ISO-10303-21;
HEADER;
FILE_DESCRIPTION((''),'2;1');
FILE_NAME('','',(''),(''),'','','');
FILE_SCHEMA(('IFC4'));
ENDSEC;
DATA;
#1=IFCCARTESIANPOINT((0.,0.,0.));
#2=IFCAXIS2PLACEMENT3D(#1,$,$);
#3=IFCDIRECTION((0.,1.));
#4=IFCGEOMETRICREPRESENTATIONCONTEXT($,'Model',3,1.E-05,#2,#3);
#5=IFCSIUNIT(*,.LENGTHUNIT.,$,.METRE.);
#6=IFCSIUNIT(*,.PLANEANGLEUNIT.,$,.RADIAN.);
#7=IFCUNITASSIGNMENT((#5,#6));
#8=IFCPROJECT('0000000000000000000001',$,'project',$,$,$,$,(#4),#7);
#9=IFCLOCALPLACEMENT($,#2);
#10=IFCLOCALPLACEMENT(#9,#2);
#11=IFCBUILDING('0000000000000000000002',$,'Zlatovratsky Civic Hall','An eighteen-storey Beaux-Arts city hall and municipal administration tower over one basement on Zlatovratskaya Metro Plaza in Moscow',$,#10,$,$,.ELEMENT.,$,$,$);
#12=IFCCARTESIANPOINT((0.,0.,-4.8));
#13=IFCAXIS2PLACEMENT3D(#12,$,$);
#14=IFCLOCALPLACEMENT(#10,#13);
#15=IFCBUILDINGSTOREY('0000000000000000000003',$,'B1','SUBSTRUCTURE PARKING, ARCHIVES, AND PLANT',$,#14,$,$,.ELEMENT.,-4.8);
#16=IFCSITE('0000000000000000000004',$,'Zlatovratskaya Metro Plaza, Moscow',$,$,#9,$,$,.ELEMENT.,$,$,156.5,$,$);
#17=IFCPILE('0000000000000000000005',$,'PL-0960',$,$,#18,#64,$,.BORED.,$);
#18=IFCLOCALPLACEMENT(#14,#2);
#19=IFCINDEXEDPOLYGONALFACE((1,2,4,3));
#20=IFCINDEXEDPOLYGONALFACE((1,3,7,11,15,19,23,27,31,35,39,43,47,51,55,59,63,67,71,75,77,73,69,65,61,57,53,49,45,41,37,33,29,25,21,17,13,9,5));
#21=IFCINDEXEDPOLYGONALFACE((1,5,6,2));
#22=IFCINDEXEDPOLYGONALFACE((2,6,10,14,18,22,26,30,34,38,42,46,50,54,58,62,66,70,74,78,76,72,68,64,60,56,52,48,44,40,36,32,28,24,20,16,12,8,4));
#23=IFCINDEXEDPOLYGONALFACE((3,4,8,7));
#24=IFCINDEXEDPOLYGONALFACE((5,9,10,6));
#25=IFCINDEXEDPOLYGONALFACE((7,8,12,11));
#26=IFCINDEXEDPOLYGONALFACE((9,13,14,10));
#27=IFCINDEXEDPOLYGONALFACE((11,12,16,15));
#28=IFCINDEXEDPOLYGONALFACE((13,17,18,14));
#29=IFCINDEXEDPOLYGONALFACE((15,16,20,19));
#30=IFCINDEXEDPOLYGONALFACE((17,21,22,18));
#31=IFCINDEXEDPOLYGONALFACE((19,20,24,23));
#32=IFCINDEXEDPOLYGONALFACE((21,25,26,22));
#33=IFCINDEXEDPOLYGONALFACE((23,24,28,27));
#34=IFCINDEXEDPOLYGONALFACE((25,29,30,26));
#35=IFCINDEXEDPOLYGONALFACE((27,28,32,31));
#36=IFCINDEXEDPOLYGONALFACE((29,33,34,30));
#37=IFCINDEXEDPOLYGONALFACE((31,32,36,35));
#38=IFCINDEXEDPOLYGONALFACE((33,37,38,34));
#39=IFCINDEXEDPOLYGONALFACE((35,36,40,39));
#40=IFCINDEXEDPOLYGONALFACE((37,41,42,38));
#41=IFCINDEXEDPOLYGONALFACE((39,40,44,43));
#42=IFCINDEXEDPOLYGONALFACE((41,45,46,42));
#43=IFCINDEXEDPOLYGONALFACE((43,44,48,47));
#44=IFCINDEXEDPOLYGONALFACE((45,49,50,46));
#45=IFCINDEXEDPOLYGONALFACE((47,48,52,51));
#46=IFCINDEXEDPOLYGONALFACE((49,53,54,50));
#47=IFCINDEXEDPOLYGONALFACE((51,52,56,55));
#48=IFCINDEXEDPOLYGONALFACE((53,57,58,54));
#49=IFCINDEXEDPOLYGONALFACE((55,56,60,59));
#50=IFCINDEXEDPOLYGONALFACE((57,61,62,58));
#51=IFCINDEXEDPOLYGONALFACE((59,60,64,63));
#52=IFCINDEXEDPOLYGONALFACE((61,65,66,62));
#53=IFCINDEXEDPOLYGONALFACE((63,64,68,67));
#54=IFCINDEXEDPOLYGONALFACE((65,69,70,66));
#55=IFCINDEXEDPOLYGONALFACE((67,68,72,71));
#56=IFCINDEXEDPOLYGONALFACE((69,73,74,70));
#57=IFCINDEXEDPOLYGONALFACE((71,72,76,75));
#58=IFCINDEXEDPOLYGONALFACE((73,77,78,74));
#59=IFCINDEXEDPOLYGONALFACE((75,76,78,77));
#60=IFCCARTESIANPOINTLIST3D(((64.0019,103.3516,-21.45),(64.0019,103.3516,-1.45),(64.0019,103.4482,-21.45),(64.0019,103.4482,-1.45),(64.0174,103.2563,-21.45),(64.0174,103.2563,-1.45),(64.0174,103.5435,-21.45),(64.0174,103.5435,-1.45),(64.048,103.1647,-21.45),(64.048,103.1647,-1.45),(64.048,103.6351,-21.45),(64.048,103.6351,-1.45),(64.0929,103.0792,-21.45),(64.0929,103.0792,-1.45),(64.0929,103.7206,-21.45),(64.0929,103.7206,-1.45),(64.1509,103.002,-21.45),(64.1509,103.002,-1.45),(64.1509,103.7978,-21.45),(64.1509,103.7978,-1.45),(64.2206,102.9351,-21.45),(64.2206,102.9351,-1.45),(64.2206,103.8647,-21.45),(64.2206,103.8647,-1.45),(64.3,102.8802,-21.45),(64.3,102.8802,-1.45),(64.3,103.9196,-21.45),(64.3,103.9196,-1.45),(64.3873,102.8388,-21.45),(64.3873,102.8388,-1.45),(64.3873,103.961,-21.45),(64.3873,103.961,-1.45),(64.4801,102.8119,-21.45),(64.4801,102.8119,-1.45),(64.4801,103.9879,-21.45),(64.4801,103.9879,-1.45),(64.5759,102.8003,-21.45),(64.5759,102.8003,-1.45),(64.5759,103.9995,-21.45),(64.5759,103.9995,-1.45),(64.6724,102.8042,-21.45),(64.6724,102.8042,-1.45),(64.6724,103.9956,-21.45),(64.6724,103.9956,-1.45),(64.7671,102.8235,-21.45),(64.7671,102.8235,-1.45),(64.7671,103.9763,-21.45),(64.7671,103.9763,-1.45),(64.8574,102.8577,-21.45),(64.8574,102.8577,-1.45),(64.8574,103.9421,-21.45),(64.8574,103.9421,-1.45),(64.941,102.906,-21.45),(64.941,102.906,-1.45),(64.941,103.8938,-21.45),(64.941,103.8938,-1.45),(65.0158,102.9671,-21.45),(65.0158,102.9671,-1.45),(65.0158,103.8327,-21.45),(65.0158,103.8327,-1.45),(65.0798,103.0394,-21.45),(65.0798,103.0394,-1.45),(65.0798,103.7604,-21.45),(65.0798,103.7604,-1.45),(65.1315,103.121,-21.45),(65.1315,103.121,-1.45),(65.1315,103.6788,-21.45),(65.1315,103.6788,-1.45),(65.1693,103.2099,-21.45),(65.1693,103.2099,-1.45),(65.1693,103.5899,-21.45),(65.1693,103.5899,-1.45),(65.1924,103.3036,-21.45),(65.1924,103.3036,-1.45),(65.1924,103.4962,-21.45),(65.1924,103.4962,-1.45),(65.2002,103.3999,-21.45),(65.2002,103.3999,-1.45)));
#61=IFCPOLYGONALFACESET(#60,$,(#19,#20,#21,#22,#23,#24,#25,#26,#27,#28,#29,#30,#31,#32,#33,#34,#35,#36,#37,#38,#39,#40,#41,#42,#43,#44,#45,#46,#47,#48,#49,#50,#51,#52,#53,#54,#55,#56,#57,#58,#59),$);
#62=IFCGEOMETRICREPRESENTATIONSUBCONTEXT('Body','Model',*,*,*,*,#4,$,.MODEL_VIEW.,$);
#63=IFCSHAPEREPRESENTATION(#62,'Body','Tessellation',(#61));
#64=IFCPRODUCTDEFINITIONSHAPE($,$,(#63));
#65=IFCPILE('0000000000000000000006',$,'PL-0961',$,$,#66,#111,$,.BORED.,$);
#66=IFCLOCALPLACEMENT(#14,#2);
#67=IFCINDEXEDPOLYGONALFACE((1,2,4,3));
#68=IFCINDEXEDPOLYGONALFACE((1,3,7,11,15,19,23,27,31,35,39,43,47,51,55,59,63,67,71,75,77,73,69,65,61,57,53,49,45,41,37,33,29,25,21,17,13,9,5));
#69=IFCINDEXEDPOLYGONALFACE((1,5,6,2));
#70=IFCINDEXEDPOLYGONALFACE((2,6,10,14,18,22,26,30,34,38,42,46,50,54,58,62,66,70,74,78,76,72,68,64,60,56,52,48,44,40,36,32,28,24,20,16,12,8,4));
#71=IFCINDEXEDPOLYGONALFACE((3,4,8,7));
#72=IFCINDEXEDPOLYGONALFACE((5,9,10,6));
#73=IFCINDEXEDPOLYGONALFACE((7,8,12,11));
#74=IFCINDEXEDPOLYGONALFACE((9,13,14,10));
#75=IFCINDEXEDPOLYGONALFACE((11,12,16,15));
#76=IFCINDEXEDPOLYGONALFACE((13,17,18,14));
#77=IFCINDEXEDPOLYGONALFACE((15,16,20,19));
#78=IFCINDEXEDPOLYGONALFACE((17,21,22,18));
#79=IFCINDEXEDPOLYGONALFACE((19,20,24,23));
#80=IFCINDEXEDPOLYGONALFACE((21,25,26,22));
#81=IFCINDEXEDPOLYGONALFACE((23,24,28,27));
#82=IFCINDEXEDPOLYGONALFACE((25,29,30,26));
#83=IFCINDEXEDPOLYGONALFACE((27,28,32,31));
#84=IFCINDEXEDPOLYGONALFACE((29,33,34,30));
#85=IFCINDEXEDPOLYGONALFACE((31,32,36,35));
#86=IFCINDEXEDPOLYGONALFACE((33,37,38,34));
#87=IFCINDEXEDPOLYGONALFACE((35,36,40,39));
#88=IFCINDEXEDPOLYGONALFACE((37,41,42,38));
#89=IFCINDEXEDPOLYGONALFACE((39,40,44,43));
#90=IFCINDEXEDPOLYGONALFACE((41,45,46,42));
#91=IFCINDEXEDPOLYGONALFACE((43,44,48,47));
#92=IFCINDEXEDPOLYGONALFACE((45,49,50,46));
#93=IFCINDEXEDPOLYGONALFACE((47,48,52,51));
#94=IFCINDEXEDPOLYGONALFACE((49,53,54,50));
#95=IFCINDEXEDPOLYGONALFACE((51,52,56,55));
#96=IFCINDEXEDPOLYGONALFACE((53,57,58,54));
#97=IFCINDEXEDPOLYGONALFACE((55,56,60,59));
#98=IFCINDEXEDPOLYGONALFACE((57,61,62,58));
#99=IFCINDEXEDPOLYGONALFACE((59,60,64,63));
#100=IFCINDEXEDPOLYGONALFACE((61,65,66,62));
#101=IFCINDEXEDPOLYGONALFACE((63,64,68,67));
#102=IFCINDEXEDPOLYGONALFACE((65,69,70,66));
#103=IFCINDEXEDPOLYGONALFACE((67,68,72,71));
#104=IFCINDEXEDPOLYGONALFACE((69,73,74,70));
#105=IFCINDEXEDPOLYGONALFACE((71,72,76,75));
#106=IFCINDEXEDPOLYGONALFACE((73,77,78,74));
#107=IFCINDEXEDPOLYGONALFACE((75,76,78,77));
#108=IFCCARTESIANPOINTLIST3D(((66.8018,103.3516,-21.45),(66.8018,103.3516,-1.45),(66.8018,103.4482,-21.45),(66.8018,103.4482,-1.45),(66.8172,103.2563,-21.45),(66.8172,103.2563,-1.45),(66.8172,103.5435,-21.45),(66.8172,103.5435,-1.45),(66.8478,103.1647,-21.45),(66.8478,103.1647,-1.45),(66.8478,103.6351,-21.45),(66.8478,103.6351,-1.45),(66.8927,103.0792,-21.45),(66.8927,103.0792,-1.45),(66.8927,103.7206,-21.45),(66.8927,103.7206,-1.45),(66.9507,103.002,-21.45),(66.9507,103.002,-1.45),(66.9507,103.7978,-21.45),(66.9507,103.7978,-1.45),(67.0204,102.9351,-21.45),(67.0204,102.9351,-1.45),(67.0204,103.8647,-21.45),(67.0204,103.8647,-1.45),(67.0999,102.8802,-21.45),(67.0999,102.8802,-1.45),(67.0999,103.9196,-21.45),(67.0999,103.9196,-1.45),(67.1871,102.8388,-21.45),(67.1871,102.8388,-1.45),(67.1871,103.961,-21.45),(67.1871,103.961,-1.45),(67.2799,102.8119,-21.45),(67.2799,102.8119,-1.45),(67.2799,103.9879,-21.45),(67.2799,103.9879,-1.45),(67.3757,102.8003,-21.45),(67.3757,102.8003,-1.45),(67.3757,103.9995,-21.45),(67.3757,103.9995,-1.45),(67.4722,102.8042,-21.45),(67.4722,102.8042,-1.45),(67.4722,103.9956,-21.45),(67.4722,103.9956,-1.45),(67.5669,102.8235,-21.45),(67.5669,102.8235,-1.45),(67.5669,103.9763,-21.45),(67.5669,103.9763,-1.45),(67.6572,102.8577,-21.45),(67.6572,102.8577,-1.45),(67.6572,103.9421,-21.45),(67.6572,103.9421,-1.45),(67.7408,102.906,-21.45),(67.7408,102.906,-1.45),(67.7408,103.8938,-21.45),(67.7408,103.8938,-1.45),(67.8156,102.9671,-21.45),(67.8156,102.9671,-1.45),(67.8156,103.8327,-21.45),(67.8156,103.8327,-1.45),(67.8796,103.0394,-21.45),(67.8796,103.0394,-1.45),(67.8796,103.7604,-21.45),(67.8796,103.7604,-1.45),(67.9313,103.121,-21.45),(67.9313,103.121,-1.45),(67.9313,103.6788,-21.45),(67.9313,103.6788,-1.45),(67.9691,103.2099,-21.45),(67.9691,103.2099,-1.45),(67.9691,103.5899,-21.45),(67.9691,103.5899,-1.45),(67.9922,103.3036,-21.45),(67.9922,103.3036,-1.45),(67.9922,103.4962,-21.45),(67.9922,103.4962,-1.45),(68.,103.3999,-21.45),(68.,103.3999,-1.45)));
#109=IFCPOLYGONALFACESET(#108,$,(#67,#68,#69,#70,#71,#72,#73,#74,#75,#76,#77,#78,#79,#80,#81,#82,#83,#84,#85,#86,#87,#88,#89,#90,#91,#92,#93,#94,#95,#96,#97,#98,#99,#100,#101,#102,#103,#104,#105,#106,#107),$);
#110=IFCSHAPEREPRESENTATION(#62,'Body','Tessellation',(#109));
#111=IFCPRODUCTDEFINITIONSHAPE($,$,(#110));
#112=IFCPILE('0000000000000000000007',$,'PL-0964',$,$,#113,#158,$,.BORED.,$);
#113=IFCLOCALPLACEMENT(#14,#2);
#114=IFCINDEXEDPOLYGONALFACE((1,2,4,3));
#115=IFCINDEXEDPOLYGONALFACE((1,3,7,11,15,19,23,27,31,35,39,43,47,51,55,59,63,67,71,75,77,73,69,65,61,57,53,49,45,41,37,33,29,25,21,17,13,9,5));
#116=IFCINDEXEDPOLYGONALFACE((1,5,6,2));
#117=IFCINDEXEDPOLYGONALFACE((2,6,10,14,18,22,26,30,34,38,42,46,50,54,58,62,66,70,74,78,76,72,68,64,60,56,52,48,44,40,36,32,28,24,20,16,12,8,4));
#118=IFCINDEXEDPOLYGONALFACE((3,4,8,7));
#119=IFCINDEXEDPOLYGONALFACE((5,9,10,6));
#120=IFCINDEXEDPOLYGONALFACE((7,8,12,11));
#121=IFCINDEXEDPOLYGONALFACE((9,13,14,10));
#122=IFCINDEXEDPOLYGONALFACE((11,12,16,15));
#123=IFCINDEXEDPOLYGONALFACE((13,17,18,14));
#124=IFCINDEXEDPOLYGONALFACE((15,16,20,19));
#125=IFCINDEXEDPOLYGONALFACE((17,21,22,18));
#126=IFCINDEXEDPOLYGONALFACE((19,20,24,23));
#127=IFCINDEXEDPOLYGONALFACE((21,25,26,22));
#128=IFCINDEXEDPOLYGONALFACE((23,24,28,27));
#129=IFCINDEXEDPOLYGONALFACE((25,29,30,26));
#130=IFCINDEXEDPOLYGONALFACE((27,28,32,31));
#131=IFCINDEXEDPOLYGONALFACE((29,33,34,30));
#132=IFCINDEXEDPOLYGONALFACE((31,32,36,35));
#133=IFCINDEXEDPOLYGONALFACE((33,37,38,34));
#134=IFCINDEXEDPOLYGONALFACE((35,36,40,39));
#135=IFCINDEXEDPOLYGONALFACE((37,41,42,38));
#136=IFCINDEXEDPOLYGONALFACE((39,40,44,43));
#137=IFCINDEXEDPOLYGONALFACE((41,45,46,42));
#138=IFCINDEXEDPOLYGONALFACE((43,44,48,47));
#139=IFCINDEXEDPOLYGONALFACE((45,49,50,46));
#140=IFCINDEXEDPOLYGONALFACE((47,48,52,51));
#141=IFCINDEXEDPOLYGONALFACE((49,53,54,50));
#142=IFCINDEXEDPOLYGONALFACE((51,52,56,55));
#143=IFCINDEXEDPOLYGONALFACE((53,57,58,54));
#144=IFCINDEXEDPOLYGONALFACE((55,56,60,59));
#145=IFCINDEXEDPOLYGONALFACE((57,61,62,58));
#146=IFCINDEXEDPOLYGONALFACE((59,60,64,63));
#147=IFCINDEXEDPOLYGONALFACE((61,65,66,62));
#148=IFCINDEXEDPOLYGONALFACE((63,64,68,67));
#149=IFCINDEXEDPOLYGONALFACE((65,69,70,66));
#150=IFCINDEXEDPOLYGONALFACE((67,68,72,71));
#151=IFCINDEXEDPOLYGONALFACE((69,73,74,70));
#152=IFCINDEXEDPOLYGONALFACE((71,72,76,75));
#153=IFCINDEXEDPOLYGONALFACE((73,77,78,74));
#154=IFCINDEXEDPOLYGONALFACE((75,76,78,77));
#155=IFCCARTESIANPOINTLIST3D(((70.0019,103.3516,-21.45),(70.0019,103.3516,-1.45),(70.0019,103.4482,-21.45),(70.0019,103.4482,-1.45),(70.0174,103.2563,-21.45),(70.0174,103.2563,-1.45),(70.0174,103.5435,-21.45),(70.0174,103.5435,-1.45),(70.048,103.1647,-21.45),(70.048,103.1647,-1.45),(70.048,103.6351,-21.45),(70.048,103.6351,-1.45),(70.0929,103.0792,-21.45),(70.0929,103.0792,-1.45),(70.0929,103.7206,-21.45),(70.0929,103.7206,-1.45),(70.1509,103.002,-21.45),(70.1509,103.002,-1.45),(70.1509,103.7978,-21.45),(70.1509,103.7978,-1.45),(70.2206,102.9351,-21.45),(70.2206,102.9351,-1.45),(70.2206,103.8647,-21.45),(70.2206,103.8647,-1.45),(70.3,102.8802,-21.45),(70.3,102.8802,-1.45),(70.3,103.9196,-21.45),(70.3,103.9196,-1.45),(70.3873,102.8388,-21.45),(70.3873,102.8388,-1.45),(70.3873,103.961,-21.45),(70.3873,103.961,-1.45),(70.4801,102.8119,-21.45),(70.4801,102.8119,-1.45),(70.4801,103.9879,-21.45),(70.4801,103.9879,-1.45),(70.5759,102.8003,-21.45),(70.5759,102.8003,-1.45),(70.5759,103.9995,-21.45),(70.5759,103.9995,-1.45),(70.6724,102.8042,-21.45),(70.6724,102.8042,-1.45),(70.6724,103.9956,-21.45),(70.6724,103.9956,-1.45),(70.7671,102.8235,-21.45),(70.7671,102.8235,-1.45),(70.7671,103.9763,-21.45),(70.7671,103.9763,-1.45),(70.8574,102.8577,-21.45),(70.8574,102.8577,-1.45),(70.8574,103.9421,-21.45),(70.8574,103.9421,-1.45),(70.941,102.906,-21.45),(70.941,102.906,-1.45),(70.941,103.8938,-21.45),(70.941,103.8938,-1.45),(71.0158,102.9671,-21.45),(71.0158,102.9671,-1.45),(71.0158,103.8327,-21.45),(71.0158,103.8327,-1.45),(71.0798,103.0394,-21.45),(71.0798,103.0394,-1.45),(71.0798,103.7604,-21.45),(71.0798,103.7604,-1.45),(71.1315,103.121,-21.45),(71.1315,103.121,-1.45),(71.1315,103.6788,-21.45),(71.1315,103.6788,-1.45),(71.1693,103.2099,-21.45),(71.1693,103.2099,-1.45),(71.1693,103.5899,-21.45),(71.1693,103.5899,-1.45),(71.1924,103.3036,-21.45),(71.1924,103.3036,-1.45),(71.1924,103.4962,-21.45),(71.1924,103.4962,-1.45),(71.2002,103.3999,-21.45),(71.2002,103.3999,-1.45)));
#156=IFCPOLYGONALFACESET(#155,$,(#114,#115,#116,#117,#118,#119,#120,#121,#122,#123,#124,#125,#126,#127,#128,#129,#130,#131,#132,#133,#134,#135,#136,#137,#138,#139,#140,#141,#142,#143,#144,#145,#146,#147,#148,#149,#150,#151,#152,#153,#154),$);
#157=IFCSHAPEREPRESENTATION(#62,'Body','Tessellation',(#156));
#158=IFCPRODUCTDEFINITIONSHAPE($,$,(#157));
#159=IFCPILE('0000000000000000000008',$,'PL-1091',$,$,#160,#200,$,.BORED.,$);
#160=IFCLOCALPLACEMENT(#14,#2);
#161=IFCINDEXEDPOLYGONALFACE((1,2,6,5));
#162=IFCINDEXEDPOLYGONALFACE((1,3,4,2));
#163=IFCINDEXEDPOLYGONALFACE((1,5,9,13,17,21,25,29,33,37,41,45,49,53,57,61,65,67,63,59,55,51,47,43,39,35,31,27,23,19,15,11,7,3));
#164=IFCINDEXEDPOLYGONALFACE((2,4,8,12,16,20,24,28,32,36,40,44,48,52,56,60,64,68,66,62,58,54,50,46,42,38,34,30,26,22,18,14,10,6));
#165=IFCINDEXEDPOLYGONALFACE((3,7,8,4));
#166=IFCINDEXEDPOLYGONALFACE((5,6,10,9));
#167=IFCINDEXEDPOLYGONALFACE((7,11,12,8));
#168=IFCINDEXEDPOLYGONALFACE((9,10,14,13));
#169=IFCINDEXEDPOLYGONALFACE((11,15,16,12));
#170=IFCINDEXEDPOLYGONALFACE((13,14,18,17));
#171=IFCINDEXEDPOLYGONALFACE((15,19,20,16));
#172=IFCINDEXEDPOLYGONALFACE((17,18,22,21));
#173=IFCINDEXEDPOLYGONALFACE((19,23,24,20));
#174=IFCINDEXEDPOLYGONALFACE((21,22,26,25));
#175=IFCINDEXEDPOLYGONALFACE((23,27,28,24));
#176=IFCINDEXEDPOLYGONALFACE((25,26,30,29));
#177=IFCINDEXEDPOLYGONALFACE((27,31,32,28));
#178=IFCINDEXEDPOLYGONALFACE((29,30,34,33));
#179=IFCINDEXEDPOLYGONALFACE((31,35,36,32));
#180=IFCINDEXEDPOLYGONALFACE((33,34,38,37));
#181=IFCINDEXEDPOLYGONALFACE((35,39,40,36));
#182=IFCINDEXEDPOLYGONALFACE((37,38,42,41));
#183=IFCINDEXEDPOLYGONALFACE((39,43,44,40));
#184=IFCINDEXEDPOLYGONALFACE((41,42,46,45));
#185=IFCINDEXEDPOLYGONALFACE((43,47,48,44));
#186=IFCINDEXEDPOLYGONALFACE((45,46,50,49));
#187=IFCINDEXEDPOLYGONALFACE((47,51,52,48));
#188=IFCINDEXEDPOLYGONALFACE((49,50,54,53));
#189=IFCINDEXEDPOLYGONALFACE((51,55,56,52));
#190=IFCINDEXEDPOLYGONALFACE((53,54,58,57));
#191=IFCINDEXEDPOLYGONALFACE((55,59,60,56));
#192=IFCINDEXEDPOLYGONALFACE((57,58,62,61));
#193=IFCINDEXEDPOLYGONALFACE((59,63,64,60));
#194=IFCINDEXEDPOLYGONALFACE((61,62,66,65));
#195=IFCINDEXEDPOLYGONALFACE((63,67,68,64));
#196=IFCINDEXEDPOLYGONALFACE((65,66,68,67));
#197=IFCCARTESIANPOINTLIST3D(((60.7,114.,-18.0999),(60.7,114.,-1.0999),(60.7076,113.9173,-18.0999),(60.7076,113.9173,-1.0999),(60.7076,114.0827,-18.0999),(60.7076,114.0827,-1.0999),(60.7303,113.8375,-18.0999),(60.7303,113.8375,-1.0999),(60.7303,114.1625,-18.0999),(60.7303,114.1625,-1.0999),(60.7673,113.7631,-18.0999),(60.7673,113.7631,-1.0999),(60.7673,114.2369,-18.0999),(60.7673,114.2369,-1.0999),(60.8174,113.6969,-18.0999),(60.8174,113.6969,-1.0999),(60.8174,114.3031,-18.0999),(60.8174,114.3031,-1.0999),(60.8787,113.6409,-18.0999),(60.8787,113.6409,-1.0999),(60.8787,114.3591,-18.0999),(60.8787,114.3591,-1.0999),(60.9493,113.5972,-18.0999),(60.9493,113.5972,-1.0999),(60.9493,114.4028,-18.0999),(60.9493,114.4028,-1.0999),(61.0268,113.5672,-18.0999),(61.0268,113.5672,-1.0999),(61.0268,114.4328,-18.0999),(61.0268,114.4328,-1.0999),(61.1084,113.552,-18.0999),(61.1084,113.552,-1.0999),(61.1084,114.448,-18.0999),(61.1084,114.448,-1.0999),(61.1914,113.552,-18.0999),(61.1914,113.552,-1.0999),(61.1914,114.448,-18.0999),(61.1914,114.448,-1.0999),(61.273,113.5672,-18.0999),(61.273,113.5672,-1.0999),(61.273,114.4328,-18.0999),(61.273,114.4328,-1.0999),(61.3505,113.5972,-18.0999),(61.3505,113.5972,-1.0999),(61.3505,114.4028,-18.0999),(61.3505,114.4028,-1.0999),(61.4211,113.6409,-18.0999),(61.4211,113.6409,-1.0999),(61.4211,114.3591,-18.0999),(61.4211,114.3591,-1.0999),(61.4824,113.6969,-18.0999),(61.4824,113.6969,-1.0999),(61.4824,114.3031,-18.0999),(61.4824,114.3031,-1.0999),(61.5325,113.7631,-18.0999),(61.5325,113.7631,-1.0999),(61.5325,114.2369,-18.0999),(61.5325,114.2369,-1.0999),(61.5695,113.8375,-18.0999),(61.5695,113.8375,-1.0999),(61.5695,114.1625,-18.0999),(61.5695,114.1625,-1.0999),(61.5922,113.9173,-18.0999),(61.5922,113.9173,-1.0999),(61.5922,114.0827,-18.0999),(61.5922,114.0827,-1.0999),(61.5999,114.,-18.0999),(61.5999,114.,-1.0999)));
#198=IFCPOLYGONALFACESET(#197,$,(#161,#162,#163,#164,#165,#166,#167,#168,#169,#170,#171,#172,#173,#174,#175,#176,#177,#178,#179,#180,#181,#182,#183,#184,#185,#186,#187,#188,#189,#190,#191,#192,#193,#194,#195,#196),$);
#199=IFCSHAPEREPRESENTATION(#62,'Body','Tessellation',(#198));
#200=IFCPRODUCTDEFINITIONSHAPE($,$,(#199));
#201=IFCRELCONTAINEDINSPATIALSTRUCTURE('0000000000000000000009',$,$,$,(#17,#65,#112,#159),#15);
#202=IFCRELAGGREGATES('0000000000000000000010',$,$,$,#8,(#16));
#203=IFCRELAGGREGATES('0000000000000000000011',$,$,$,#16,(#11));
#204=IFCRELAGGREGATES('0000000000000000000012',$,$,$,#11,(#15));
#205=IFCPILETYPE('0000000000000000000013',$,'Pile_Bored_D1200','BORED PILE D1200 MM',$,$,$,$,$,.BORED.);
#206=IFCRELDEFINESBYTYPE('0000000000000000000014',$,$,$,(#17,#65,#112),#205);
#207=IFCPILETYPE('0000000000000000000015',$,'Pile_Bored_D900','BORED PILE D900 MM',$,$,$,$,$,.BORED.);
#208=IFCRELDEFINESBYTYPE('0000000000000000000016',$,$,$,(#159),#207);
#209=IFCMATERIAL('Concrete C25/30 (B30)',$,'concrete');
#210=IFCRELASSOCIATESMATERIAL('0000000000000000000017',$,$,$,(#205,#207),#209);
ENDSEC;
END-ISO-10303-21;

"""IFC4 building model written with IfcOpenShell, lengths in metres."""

from ifc_helpers import new_model, si_unit, direction, frame, origin, origin_2d, place, context, subcontext, project, spatial, circle, extrude, material, material_profile, profile_set, type_object, element, save


model = new_model("IFC4")

# Units and contexts
model_context = context("Model", 3, precision=1e-05, world=origin(), true_north=direction((0.0, 1.0)))
body_context = subcontext(model_context, "Body", "Model", "MODEL_VIEW")
ifc_project = project(units=[si_unit("LENGTHUNIT", "METRE"), si_unit("PLANEANGLEUNIT", "RADIAN")], contexts=[model_context])

# Site, building, storey
site_placement = place(None, origin())
site = spatial("IfcSite", under=ifc_project, at=site_placement, Name="Zlatovratskaya Metro Plaza, Moscow", CompositionType="ELEMENT", RefElevation=156.5)
building_placement = place(site_placement, origin())
building = spatial("IfcBuilding", under=site, at=building_placement, Name="Zlatovratsky Civic Hall", Description="An eighteen-storey Beaux-Arts city hall and municipal administration tower over one basement on Zlatovratskaya Metro Plaza in Moscow", CompositionType="ELEMENT")
storey_placement = place(building_placement, frame((0.0, 0.0, -4.8)))
storey = spatial("IfcBuildingStorey", under=building, at=storey_placement, Name="B1", Description="SUBSTRUCTURE PARKING, ARCHIVES, AND PLANT", CompositionType="ELEMENT", Elevation=-4.8)

# Shared definitions
ifc_material_1 = material(Name="Concrete C25/30 (B30)", Category="concrete")

# Piles
ifc_material_profile_1 = material_profile(ifc_material_1, circle(Radius=0.6001, at=origin_2d()), Name="PILE D1200")
ifc_profile_set_1 = profile_set([ifc_material_profile_1], Name="Concrete C25/30 (B30)")
pile_type_1 = type_object("IfcPileType", Name="Pile_Bored_D1200", Description="BORED PILE D1200 MM", PredefinedType="BORED", material=ifc_profile_set_1)
for number, where, z_axis, x_axis, name in (
    (1, (64.6001, 103.3999, -1.45), (0.0, 0.0, -1.0), (1.0, 0.0, 0.0), "PL-0960"),
    (2, (67.3999, 103.3999, -1.45), (0.0, 0.0, -1.0), (1.0, 0.0, 0.0), "PL-0961"),
    (3, (70.6001, 103.3999, -1.45), (0.0, 0.0, -1.0), (1.0, 0.0, 0.0), "PL-0964"),
):
    element("IfcPile", number, at=place(storey_placement, frame(where, z_axis=z_axis, x_axis=x_axis)), inside=storey, type_object=pile_type_1, Name=name, PredefinedType="BORED", context=body_context, shape_type="SweptSolid", body=[
        extrude(circle(Radius=0.6001, at=origin_2d()), origin(), (0.0, 0.0, 1.0), 20.0),
    ])
ifc_material_profile_2 = material_profile(ifc_material_1, circle(Radius=0.45, at=origin_2d()), Name="PILE D900")
ifc_profile_set_2 = profile_set([ifc_material_profile_2], Name="Concrete C25/30 (B30)")
pile_type_2 = type_object("IfcPileType", Name="Pile_Bored_D900", Description="BORED PILE D900 MM", PredefinedType="BORED", material=ifc_profile_set_2)
for number, where, z_axis, x_axis, name in (
    (4, (61.1499, 114.0, -1.0999), (0.0, 0.0, -1.0), (1.0, 0.0, 0.0), "PL-1091"),
):
    element("IfcPile", number, at=place(storey_placement, frame(where, z_axis=z_axis, x_axis=x_axis)), inside=storey, type_object=pile_type_2, Name=name, PredefinedType="BORED", context=body_context, shape_type="SweptSolid", body=[
        extrude(circle(Radius=0.45, at=origin_2d()), origin(), (0.0, 0.0, 1.0), 17.0),
    ])

save(model, "model.ifc")
